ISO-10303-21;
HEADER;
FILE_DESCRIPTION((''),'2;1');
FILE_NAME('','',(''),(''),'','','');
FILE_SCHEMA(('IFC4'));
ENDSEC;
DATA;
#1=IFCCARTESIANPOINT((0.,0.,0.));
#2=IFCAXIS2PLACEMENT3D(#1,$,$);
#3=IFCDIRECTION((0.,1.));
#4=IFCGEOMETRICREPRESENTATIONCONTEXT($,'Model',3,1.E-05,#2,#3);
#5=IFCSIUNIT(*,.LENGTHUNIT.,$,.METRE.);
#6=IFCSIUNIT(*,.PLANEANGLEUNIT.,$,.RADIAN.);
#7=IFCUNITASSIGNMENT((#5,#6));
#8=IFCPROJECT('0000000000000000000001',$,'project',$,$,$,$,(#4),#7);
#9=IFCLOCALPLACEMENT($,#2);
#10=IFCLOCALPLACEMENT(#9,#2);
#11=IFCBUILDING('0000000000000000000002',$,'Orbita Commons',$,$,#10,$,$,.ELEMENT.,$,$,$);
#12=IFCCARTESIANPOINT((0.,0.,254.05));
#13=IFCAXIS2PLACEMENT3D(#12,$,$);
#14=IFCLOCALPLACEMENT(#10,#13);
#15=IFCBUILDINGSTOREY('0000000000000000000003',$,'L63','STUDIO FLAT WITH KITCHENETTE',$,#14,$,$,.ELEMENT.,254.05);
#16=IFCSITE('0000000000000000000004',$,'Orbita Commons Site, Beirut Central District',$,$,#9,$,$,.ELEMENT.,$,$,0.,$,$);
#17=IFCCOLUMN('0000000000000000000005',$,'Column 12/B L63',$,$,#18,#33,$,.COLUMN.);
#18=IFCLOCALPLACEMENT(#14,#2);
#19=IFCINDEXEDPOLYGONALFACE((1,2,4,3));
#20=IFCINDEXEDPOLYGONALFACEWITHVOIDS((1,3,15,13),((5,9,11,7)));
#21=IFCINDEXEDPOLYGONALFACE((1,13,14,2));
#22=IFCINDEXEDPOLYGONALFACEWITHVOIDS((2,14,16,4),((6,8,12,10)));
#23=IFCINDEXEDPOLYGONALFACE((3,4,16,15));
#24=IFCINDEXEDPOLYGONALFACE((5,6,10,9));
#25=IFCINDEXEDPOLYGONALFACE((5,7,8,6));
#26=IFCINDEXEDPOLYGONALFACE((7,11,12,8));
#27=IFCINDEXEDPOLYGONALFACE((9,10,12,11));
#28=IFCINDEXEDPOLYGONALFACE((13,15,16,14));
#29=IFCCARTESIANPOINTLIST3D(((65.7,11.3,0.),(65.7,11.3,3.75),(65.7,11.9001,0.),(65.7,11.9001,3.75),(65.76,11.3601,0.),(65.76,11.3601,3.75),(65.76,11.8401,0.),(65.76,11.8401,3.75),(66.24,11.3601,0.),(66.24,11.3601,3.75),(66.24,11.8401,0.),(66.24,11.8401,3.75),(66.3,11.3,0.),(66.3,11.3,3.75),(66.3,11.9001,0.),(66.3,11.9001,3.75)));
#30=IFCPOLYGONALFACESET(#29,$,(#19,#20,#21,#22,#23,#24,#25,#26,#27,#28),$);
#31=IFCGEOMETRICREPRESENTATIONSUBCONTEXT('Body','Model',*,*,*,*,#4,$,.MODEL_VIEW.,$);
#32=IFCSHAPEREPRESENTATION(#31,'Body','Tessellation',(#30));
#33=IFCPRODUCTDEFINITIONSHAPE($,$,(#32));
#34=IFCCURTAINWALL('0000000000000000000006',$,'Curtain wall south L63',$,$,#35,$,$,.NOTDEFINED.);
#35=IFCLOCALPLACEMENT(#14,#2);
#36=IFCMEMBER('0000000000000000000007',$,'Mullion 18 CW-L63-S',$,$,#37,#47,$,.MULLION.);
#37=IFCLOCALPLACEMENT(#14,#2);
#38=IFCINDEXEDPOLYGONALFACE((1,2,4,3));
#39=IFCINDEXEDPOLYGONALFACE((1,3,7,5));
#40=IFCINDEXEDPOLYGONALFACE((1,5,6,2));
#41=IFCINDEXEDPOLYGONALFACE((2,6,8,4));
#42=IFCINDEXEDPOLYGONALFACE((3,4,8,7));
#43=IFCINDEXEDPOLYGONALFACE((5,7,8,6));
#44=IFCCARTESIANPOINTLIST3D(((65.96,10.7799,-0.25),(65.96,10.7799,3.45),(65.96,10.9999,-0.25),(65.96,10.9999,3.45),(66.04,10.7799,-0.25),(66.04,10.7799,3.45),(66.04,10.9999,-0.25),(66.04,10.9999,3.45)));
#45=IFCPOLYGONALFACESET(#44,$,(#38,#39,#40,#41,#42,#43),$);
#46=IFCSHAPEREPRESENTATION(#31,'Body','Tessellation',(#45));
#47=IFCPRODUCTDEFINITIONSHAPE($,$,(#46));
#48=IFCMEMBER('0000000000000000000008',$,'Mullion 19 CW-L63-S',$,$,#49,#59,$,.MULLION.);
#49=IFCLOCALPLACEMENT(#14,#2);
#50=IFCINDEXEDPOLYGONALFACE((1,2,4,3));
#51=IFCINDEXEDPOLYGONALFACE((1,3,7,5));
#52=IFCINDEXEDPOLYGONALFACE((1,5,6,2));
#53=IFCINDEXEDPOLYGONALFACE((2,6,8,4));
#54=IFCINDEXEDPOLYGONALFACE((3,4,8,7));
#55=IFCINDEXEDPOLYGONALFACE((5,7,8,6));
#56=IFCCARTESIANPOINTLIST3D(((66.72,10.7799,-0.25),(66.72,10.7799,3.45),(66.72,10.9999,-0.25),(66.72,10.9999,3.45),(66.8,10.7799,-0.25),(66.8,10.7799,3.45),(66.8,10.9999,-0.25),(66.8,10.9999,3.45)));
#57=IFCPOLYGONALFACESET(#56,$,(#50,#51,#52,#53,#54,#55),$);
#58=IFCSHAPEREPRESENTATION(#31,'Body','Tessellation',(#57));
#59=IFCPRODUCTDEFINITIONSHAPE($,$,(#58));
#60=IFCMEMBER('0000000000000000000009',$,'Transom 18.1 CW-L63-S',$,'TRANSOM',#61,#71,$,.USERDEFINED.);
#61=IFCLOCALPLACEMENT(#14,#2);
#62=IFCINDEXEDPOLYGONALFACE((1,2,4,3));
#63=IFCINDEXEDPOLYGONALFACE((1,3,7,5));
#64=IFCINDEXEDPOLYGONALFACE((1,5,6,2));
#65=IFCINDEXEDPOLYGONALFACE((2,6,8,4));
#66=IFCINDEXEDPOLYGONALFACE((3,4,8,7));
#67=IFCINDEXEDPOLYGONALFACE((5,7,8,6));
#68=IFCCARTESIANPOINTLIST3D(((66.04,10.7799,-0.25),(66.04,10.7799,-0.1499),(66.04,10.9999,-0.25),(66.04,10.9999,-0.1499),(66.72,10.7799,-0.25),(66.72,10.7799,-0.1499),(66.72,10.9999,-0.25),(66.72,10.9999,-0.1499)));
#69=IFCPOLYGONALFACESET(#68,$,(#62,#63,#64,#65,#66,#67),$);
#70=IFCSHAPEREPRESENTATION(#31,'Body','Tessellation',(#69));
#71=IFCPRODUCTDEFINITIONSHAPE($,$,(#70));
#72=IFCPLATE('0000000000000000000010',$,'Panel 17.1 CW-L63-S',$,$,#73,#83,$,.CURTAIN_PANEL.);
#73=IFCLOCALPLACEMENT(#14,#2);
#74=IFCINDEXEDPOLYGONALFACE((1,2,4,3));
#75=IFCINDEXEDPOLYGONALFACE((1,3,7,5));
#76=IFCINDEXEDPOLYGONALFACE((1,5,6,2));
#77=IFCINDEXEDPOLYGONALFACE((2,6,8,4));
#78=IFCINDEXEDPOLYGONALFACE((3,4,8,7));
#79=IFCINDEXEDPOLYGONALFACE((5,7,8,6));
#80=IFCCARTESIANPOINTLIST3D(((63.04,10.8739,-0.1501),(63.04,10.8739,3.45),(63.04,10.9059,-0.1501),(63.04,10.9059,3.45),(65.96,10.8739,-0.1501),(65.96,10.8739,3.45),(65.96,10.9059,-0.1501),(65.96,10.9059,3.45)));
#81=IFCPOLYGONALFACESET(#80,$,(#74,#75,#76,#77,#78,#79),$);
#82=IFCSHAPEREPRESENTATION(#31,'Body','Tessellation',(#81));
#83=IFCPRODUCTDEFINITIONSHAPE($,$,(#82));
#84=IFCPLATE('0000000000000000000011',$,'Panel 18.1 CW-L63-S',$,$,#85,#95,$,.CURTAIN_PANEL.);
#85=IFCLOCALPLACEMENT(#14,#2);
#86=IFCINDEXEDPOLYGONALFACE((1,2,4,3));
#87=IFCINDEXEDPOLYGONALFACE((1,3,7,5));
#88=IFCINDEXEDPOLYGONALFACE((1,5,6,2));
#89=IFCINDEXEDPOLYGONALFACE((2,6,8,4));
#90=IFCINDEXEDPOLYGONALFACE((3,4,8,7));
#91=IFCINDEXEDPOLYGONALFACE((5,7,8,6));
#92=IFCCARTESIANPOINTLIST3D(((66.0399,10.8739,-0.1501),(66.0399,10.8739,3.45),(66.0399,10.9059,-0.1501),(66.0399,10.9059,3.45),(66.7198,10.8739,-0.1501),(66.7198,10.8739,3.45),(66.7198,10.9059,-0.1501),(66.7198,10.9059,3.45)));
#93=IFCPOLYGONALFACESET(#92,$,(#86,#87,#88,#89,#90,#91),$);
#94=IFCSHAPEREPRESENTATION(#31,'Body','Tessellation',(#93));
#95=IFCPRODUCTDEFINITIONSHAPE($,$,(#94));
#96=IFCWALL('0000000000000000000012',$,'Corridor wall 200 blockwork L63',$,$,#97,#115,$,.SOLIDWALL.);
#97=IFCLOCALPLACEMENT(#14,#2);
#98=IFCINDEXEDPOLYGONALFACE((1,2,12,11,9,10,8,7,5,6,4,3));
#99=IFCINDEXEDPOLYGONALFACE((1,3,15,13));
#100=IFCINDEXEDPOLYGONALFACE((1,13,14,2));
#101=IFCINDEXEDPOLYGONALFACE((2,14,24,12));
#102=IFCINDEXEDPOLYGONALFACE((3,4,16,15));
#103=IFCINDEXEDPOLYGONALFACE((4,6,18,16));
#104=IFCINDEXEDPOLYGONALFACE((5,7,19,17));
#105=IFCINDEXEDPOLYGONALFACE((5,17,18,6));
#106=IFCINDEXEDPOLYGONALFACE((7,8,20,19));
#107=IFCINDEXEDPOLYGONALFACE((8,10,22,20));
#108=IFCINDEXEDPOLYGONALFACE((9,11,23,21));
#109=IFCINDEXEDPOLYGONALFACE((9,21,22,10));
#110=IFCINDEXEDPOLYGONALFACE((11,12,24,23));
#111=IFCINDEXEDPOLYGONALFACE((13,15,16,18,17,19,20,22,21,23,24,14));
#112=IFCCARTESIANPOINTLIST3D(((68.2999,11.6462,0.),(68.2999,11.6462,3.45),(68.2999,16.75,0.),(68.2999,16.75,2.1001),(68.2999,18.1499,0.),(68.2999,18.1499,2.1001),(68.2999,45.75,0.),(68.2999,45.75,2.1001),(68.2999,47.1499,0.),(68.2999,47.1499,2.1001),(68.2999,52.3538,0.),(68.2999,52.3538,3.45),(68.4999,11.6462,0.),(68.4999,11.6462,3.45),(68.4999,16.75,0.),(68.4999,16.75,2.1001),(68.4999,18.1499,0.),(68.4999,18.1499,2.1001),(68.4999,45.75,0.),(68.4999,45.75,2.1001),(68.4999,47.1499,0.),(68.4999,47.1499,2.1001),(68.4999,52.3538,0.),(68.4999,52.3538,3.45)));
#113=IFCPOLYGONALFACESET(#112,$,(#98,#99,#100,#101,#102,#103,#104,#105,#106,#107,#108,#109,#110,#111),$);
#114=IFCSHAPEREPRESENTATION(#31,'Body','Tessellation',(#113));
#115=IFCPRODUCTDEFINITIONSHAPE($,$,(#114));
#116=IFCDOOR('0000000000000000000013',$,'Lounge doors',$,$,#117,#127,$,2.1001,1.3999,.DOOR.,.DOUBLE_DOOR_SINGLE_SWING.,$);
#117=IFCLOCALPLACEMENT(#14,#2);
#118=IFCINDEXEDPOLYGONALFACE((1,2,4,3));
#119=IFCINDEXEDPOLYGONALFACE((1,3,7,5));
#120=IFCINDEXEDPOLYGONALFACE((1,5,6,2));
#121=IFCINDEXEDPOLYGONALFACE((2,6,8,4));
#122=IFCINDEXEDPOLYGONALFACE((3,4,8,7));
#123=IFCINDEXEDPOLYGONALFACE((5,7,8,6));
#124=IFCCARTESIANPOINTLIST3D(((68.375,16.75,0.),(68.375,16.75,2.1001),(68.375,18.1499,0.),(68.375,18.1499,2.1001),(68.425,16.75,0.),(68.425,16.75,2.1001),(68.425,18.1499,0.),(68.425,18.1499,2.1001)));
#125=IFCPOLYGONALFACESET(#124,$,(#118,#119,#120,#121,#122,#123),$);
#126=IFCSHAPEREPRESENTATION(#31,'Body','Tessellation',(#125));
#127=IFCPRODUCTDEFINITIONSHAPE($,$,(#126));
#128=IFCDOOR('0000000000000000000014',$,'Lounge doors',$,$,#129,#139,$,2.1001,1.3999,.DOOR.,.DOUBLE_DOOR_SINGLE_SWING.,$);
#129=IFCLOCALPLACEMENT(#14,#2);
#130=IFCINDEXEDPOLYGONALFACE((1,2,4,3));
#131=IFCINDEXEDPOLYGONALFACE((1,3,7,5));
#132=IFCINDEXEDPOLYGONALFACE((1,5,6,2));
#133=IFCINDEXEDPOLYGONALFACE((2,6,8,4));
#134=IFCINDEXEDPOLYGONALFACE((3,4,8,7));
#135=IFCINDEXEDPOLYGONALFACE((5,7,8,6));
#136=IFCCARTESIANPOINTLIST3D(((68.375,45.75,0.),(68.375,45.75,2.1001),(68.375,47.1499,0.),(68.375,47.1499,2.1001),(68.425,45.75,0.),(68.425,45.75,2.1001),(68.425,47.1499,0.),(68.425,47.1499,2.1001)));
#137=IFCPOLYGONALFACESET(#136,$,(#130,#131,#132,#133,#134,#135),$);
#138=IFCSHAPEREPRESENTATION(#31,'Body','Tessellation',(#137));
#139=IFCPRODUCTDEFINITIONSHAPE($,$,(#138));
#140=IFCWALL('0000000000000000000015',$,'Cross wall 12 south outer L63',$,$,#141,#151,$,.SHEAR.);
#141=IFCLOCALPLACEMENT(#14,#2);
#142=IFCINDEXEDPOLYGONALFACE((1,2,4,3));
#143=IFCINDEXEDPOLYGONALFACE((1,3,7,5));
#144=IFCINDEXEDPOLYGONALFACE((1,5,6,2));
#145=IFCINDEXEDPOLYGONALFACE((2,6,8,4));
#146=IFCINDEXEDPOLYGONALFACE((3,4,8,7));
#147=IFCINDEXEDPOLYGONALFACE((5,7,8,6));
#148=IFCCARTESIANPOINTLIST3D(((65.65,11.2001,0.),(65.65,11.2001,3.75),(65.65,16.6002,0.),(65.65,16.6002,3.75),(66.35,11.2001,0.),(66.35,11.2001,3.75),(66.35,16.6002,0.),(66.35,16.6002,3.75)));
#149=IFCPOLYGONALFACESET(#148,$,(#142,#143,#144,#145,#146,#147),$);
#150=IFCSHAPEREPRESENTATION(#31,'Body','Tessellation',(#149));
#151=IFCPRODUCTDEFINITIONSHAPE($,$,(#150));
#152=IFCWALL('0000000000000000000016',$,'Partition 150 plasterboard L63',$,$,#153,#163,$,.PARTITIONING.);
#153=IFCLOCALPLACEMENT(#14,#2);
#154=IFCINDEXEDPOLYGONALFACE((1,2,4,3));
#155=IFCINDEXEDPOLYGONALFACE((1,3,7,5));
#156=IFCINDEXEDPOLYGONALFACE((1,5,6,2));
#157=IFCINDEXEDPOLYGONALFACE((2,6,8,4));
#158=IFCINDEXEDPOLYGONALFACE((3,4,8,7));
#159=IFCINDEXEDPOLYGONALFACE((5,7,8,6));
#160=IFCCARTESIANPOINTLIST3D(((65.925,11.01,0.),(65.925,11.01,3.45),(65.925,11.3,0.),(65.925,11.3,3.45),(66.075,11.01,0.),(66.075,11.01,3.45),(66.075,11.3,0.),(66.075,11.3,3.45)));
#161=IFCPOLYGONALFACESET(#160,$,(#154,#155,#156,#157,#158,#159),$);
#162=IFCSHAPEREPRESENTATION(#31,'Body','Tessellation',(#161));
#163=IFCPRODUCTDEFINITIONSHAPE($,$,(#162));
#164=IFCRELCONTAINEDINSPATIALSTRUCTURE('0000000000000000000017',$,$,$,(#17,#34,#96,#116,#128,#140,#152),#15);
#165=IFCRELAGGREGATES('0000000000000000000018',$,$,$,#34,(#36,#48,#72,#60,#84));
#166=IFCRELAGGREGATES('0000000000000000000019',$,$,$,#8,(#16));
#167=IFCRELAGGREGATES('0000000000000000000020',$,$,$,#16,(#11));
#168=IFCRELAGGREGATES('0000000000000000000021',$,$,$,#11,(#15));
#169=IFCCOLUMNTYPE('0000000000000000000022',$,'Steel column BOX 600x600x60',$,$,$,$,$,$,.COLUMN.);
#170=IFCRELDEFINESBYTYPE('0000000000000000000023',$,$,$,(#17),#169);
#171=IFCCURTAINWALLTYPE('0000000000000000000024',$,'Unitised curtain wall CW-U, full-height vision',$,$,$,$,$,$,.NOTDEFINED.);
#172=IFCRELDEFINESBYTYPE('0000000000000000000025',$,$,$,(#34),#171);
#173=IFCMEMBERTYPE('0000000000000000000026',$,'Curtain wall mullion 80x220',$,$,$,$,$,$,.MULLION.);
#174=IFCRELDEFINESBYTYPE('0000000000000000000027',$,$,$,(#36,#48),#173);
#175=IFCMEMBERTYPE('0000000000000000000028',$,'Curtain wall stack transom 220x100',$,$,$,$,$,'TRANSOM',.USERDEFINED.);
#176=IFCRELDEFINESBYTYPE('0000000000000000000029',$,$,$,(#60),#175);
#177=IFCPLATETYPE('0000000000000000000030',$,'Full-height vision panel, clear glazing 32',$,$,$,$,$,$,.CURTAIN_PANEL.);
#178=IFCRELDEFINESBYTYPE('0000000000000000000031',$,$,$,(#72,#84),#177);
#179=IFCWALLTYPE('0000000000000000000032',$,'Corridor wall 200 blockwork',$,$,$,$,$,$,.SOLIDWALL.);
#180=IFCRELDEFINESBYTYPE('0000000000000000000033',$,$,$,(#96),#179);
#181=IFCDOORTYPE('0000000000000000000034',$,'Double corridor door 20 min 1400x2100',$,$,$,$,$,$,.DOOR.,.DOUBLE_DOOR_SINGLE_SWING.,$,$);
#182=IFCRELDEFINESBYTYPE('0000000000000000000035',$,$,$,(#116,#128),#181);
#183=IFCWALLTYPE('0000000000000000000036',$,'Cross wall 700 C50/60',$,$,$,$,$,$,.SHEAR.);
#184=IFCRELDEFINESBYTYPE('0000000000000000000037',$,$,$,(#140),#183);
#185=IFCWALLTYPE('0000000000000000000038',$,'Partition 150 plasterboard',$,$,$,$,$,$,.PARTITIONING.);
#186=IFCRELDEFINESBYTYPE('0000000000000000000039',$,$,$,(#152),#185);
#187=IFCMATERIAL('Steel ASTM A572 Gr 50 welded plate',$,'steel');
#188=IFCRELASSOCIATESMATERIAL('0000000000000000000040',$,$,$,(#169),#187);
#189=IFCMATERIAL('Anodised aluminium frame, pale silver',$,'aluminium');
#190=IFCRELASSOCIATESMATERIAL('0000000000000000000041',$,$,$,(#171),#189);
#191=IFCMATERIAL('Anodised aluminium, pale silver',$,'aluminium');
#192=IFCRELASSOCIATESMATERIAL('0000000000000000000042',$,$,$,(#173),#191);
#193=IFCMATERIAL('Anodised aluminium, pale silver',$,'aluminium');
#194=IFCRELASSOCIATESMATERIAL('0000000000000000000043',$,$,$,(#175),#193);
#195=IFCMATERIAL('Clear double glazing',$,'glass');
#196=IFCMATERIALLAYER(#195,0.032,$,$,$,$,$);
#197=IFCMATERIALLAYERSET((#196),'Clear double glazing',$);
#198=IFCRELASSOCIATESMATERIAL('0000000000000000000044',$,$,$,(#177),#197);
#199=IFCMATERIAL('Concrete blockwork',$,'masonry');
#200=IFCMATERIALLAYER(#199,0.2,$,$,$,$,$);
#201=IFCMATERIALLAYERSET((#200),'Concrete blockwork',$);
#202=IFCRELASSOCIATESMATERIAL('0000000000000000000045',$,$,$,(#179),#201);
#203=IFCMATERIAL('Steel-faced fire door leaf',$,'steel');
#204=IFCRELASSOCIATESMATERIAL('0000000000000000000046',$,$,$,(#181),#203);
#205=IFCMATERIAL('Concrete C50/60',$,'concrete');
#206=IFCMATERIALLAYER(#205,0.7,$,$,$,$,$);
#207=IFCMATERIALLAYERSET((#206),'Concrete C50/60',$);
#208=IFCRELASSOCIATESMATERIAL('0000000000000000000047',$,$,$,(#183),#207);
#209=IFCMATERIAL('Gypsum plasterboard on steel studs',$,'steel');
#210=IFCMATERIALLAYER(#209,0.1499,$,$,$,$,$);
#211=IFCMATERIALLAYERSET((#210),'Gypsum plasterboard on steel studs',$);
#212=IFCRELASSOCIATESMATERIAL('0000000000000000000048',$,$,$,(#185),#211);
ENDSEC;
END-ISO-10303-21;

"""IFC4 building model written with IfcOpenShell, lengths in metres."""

from ifc_helpers import new_model, si_unit, direction, frame, frame_2d, origin, origin_2d, place, context, subcontext, project, spatial, rectangle, hollow_rectangle, extrude, material, layer, layer_set, material_profile, profile_set, type_object, element, fill, aggregate, save


model = new_model("IFC4")

# Units and contexts
model_context = context("Model", 3, precision=1e-05, world=origin(), true_north=direction((0.0, 1.0)))
body_context = subcontext(model_context, "Body", "Model", "MODEL_VIEW")
ifc_project = project(units=[si_unit("LENGTHUNIT", "METRE"), si_unit("PLANEANGLEUNIT", "RADIAN")], contexts=[model_context])

# Site, building, storey
site_placement = place(None, origin())
site = spatial("IfcSite", under=ifc_project, at=site_placement, Name="Orbita Commons Site, Beirut Central District", CompositionType="ELEMENT", RefElevation=0.0)
building_placement = place(site_placement, origin())
building = spatial("IfcBuilding", under=site, at=building_placement, Name="Orbita Commons", CompositionType="ELEMENT")
storey_placement = place(building_placement, frame((0.0, 0.0, 254.05)))
storey = spatial("IfcBuildingStorey", under=building, at=storey_placement, Name="L63", Description="STUDIO FLAT WITH KITCHENETTE", CompositionType="ELEMENT", Elevation=254.05)

# Column
ifc_material_1 = material(Name="Steel ASTM A572 Gr 50 welded plate", Category="steel")
ifc_material_profile_1 = material_profile(ifc_material_1, hollow_rectangle(XDim=0.6001, YDim=0.6001, WallThickness=0.0601, at=origin_2d()), Name="BOX 600x600x60")
ifc_profile_set_1 = profile_set([ifc_material_profile_1], Name="Steel ASTM A572 Gr 50 welded plate")
column_type = type_object("IfcColumnType", Name="Steel column BOX 600x600x60", PredefinedType="COLUMN", material=ifc_profile_set_1)
column_placement = place(storey_placement, frame((66.0, 11.6001, 0.0), z_axis=(0.0, 0.0, 1.0), x_axis=(1.0, 0.0, 0.0)))
element("IfcColumn", 1, at=column_placement, inside=storey, type_object=column_type, Name="Column 12/B L63", PredefinedType="COLUMN", context=body_context, shape_type="SweptSolid", body=[
    extrude(hollow_rectangle(XDim=0.6001, YDim=0.6001, WallThickness=0.0601, at=origin_2d()), origin(), (0.0, 0.0, 1.0), 3.75),
])

# Curtain wall, members, plates
ifc_material_2 = material(Name="Anodised aluminium frame, pale silver", Category="aluminium")
curtain_wall_type = type_object("IfcCurtainWallType", Name="Unitised curtain wall CW-U, full-height vision", PredefinedType="NOTDEFINED", material=ifc_material_2)
curtain_wall_placement = place(storey_placement, origin())
curtain_wall = element("IfcCurtainWall", 2, at=curtain_wall_placement, inside=storey, type_object=curtain_wall_type, Name="Curtain wall south L63", PredefinedType="NOTDEFINED")
ifc_material_3 = material(Name="Anodised aluminium, pale silver", Category="aluminium")
ifc_material_profile_2 = material_profile(ifc_material_3, rectangle(XDim=0.0801, YDim=0.22, at=origin_2d()), Name="AL 80x220")
ifc_profile_set_2 = profile_set([ifc_material_profile_2], Name="Anodised aluminium, pale silver")
member_type_1 = type_object("IfcMemberType", Name="Curtain wall mullion 80x220", PredefinedType="MULLION", material=ifc_profile_set_2)
member_1_placement = place(storey_placement, frame((66.0, 10.8899, -0.25), z_axis=(0.0, 0.0, 1.0), x_axis=(1.0, 0.0, 0.0)))
member_1 = element("IfcMember", 3, at=member_1_placement, type_object=member_type_1, Name="Mullion 18 CW-L63-S", PredefinedType="MULLION", context=body_context, shape_type="SweptSolid", body=[
    extrude(rectangle(XDim=0.0801, YDim=0.22, at=origin_2d()), origin(), (0.0, 0.0, 1.0), 3.7),
])
member_2_placement = place(storey_placement, frame((66.76, 10.8899, -0.25), z_axis=(0.0, 0.0, 1.0), x_axis=(1.0, 0.0, 0.0)))
member_2 = element("IfcMember", 4, at=member_2_placement, type_object=member_type_1, Name="Mullion 19 CW-L63-S", PredefinedType="MULLION", context=body_context, shape_type="SweptSolid", body=[
    extrude(rectangle(XDim=0.0801, YDim=0.22, at=origin_2d()), origin(), (0.0, 0.0, 1.0), 3.7),
])
ifc_material_4 = material(Name="Anodised aluminium, pale silver", Category="aluminium")
ifc_material_profile_3 = material_profile(ifc_material_4, rectangle(XDim=0.22, YDim=0.1001, at=origin_2d()), Name="AL 220x100")
ifc_profile_set_3 = profile_set([ifc_material_profile_3], Name="Anodised aluminium, pale silver")
member_type_2 = type_object("IfcMemberType", Name="Curtain wall stack transom 220x100", ElementType="TRANSOM", PredefinedType="USERDEFINED", material=ifc_profile_set_3)
member_3_placement = place(storey_placement, frame((66.04, 10.8899, -0.2), z_axis=(1.0, 0.0, 0.0), x_axis=(0.0, 1.0, 0.0)))
member_3 = element("IfcMember", 5, at=member_3_placement, type_object=member_type_2, Name="Transom 18.1 CW-L63-S", ObjectType="TRANSOM", PredefinedType="USERDEFINED", context=body_context, shape_type="SweptSolid", body=[
    extrude(rectangle(XDim=0.22, YDim=0.1001, at=origin_2d()), origin(), (0.0, 0.0, 1.0), 0.6799),
])
ifc_material_5 = material(Name="Clear double glazing", Category="glass")
ifc_layer_1 = layer(ifc_material_5, 0.032)
ifc_layer_set_1 = layer_set([ifc_layer_1], Name="Clear double glazing")
plate_type = type_object("IfcPlateType", Name="Full-height vision panel, clear glazing 32", PredefinedType="CURTAIN_PANEL", material=ifc_layer_set_1)
plate_1_placement = place(storey_placement, frame((64.5, 10.8899, -0.1501), z_axis=(0.0, 0.0, 1.0), x_axis=(1.0, 0.0, 0.0)))
plate_1 = element("IfcPlate", 6, at=plate_1_placement, type_object=plate_type, Name="Panel 17.1 CW-L63-S", PredefinedType="CURTAIN_PANEL", context=body_context, shape_type="SweptSolid", body=[
    extrude(rectangle(XDim=2.9199, YDim=0.032, at=origin_2d()), origin(), (0.0, 0.0, 1.0), 3.6001),
])
plate_2_placement = place(storey_placement, frame((66.3799, 10.8899, -0.1501), z_axis=(0.0, 0.0, 1.0), x_axis=(1.0, 0.0, 0.0)))
plate_2 = element("IfcPlate", 7, at=plate_2_placement, type_object=plate_type, Name="Panel 18.1 CW-L63-S", PredefinedType="CURTAIN_PANEL", context=body_context, shape_type="SweptSolid", body=[
    extrude(rectangle(XDim=0.6799, YDim=0.032, at=origin_2d()), origin(), (0.0, 0.0, 1.0), 3.6001),
])
aggregate(curtain_wall, [member_1, member_2, plate_1, member_3, plate_2])

# Wall, openings, doors
ifc_material_6 = material(Name="Concrete blockwork", Category="masonry")
ifc_layer_2 = layer(ifc_material_6, 0.2)
ifc_layer_set_2 = layer_set([ifc_layer_2], Name="Concrete blockwork")
wall_type_1 = type_object("IfcWallType", Name="Corridor wall 200 blockwork", PredefinedType="SOLIDWALL", material=ifc_layer_set_2)
wall_1_placement = place(storey_placement, frame((68.3999, 11.6462, 0.0), z_axis=(0.0, 0.0, 1.0), x_axis=(0.0, 1.0, 0.0)))
wall_1 = element("IfcWall", 8, at=wall_1_placement, inside=storey, type_object=wall_type_1, Name="Corridor wall 200 blockwork L63", PredefinedType="SOLIDWALL", context=body_context, shape_type="SweptSolid", body=[
    extrude(rectangle(XDim=40.7075, YDim=0.2, at=frame_2d((20.3538, 0.0))), origin(), (0.0, 0.0, 1.0), 3.45),
])
opening_1_placement = place(wall_1_placement, frame((5.1038, 0.0, 0.0)))
opening_1 = element("IfcOpeningElement", 9, at=opening_1_placement, cuts=wall_1, PredefinedType="OPENING", context=body_context, shape_type="SweptSolid", body=[
    extrude(rectangle(XDim=1.3999, YDim=2.1001, at=frame_2d((0.7, 1.05))), frame((0.0, 0.1099, 0.0), z_axis=(0.0, -1.0, 0.0), x_axis=(1.0, 0.0, 0.0)), (0.0, 0.0, 1.0), 0.22),
])
opening_2_placement = place(wall_1_placement, frame((34.1038, 0.0, 0.0)))
opening_2 = element("IfcOpeningElement", 10, at=opening_2_placement, cuts=wall_1, PredefinedType="OPENING", context=body_context, shape_type="SweptSolid", body=[
    extrude(rectangle(XDim=1.3999, YDim=2.1001, at=frame_2d((0.7, 1.05))), frame((0.0, 0.1099, 0.0), z_axis=(0.0, -1.0, 0.0), x_axis=(1.0, 0.0, 0.0)), (0.0, 0.0, 1.0), 0.22),
])
ifc_material_7 = material(Name="Steel-faced fire door leaf", Category="steel")
door_type = type_object("IfcDoorType", Name="Double corridor door 20 min 1400x2100", OperationType="DOUBLE_DOOR_SINGLE_SWING", PredefinedType="DOOR", material=ifc_material_7)
door_1_placement = place(opening_1_placement, origin())
door_1 = element("IfcDoor", 11, at=door_1_placement, inside=storey, type_object=door_type, Name="Lounge doors", OperationType="DOUBLE_DOOR_SINGLE_SWING", OverallHeight=2.1001, OverallWidth=1.3999, PredefinedType="DOOR", context=body_context, shape_type="SweptSolid", body=[
    extrude(rectangle(XDim=1.3999, YDim=2.1001, at=frame_2d((0.7, 1.05))), frame((0.0, 0.0249, 0.0), z_axis=(0.0, -1.0, 0.0), x_axis=(1.0, 0.0, 0.0)), (0.0, 0.0, 1.0), 0.05),
])
fill(opening_1, door_1)
door_2_placement = place(opening_2_placement, origin())
door_2 = element("IfcDoor", 12, at=door_2_placement, inside=storey, type_object=door_type, Name="Lounge doors", OperationType="DOUBLE_DOOR_SINGLE_SWING", OverallHeight=2.1001, OverallWidth=1.3999, PredefinedType="DOOR", context=body_context, shape_type="SweptSolid", body=[
    extrude(rectangle(XDim=1.3999, YDim=2.1001, at=frame_2d((0.7, 1.05))), frame((0.0, 0.0249, 0.0), z_axis=(0.0, -1.0, 0.0), x_axis=(1.0, 0.0, 0.0)), (0.0, 0.0, 1.0), 0.05),
])
fill(opening_2, door_2)

# Walls
ifc_material_8 = material(Name="Concrete C50/60", Category="concrete")
ifc_layer_3 = layer(ifc_material_8, 0.7)
ifc_layer_set_3 = layer_set([ifc_layer_3], Name="Concrete C50/60")
wall_type_2 = type_object("IfcWallType", Name="Cross wall 700 C50/60", PredefinedType="SHEAR", material=ifc_layer_set_3)
wall_2_placement = place(storey_placement, frame((66.0, 11.2, 0.0), z_axis=(0.0, 0.0, 1.0), x_axis=(0.0, 1.0, 0.0)))
element("IfcWall", 13, at=wall_2_placement, inside=storey, type_object=wall_type_2, Name="Cross wall 12 south outer L63", PredefinedType="SHEAR", context=body_context, shape_type="SweptSolid", body=[
    extrude(rectangle(XDim=5.4001, YDim=0.7, at=frame_2d((2.7002, 0.0))), origin(), (0.0, 0.0, 1.0), 3.75),
])
ifc_material_9 = material(Name="Gypsum plasterboard on steel studs", Category="steel")
ifc_layer_4 = layer(ifc_material_9, 0.1499)
ifc_layer_set_4 = layer_set([ifc_layer_4], Name="Gypsum plasterboard on steel studs")
wall_type_3 = type_object("IfcWallType", Name="Partition 150 plasterboard", PredefinedType="PARTITIONING", material=ifc_layer_set_4)
wall_3_placement = place(storey_placement, frame((66.0, 11.3, 0.0), z_axis=(0.0, 0.0, 1.0), x_axis=(0.0, -1.0, 0.0)))
element("IfcWall", 14, at=wall_3_placement, inside=storey, type_object=wall_type_3, Name="Partition 150 plasterboard L63", PredefinedType="PARTITIONING", context=body_context, shape_type="SweptSolid", body=[
    extrude(rectangle(XDim=0.29, YDim=0.1499, at=frame_2d((0.145, 0.0))), origin(), (0.0, 0.0, 1.0), 3.45),
])

save(model, "model.ifc")
